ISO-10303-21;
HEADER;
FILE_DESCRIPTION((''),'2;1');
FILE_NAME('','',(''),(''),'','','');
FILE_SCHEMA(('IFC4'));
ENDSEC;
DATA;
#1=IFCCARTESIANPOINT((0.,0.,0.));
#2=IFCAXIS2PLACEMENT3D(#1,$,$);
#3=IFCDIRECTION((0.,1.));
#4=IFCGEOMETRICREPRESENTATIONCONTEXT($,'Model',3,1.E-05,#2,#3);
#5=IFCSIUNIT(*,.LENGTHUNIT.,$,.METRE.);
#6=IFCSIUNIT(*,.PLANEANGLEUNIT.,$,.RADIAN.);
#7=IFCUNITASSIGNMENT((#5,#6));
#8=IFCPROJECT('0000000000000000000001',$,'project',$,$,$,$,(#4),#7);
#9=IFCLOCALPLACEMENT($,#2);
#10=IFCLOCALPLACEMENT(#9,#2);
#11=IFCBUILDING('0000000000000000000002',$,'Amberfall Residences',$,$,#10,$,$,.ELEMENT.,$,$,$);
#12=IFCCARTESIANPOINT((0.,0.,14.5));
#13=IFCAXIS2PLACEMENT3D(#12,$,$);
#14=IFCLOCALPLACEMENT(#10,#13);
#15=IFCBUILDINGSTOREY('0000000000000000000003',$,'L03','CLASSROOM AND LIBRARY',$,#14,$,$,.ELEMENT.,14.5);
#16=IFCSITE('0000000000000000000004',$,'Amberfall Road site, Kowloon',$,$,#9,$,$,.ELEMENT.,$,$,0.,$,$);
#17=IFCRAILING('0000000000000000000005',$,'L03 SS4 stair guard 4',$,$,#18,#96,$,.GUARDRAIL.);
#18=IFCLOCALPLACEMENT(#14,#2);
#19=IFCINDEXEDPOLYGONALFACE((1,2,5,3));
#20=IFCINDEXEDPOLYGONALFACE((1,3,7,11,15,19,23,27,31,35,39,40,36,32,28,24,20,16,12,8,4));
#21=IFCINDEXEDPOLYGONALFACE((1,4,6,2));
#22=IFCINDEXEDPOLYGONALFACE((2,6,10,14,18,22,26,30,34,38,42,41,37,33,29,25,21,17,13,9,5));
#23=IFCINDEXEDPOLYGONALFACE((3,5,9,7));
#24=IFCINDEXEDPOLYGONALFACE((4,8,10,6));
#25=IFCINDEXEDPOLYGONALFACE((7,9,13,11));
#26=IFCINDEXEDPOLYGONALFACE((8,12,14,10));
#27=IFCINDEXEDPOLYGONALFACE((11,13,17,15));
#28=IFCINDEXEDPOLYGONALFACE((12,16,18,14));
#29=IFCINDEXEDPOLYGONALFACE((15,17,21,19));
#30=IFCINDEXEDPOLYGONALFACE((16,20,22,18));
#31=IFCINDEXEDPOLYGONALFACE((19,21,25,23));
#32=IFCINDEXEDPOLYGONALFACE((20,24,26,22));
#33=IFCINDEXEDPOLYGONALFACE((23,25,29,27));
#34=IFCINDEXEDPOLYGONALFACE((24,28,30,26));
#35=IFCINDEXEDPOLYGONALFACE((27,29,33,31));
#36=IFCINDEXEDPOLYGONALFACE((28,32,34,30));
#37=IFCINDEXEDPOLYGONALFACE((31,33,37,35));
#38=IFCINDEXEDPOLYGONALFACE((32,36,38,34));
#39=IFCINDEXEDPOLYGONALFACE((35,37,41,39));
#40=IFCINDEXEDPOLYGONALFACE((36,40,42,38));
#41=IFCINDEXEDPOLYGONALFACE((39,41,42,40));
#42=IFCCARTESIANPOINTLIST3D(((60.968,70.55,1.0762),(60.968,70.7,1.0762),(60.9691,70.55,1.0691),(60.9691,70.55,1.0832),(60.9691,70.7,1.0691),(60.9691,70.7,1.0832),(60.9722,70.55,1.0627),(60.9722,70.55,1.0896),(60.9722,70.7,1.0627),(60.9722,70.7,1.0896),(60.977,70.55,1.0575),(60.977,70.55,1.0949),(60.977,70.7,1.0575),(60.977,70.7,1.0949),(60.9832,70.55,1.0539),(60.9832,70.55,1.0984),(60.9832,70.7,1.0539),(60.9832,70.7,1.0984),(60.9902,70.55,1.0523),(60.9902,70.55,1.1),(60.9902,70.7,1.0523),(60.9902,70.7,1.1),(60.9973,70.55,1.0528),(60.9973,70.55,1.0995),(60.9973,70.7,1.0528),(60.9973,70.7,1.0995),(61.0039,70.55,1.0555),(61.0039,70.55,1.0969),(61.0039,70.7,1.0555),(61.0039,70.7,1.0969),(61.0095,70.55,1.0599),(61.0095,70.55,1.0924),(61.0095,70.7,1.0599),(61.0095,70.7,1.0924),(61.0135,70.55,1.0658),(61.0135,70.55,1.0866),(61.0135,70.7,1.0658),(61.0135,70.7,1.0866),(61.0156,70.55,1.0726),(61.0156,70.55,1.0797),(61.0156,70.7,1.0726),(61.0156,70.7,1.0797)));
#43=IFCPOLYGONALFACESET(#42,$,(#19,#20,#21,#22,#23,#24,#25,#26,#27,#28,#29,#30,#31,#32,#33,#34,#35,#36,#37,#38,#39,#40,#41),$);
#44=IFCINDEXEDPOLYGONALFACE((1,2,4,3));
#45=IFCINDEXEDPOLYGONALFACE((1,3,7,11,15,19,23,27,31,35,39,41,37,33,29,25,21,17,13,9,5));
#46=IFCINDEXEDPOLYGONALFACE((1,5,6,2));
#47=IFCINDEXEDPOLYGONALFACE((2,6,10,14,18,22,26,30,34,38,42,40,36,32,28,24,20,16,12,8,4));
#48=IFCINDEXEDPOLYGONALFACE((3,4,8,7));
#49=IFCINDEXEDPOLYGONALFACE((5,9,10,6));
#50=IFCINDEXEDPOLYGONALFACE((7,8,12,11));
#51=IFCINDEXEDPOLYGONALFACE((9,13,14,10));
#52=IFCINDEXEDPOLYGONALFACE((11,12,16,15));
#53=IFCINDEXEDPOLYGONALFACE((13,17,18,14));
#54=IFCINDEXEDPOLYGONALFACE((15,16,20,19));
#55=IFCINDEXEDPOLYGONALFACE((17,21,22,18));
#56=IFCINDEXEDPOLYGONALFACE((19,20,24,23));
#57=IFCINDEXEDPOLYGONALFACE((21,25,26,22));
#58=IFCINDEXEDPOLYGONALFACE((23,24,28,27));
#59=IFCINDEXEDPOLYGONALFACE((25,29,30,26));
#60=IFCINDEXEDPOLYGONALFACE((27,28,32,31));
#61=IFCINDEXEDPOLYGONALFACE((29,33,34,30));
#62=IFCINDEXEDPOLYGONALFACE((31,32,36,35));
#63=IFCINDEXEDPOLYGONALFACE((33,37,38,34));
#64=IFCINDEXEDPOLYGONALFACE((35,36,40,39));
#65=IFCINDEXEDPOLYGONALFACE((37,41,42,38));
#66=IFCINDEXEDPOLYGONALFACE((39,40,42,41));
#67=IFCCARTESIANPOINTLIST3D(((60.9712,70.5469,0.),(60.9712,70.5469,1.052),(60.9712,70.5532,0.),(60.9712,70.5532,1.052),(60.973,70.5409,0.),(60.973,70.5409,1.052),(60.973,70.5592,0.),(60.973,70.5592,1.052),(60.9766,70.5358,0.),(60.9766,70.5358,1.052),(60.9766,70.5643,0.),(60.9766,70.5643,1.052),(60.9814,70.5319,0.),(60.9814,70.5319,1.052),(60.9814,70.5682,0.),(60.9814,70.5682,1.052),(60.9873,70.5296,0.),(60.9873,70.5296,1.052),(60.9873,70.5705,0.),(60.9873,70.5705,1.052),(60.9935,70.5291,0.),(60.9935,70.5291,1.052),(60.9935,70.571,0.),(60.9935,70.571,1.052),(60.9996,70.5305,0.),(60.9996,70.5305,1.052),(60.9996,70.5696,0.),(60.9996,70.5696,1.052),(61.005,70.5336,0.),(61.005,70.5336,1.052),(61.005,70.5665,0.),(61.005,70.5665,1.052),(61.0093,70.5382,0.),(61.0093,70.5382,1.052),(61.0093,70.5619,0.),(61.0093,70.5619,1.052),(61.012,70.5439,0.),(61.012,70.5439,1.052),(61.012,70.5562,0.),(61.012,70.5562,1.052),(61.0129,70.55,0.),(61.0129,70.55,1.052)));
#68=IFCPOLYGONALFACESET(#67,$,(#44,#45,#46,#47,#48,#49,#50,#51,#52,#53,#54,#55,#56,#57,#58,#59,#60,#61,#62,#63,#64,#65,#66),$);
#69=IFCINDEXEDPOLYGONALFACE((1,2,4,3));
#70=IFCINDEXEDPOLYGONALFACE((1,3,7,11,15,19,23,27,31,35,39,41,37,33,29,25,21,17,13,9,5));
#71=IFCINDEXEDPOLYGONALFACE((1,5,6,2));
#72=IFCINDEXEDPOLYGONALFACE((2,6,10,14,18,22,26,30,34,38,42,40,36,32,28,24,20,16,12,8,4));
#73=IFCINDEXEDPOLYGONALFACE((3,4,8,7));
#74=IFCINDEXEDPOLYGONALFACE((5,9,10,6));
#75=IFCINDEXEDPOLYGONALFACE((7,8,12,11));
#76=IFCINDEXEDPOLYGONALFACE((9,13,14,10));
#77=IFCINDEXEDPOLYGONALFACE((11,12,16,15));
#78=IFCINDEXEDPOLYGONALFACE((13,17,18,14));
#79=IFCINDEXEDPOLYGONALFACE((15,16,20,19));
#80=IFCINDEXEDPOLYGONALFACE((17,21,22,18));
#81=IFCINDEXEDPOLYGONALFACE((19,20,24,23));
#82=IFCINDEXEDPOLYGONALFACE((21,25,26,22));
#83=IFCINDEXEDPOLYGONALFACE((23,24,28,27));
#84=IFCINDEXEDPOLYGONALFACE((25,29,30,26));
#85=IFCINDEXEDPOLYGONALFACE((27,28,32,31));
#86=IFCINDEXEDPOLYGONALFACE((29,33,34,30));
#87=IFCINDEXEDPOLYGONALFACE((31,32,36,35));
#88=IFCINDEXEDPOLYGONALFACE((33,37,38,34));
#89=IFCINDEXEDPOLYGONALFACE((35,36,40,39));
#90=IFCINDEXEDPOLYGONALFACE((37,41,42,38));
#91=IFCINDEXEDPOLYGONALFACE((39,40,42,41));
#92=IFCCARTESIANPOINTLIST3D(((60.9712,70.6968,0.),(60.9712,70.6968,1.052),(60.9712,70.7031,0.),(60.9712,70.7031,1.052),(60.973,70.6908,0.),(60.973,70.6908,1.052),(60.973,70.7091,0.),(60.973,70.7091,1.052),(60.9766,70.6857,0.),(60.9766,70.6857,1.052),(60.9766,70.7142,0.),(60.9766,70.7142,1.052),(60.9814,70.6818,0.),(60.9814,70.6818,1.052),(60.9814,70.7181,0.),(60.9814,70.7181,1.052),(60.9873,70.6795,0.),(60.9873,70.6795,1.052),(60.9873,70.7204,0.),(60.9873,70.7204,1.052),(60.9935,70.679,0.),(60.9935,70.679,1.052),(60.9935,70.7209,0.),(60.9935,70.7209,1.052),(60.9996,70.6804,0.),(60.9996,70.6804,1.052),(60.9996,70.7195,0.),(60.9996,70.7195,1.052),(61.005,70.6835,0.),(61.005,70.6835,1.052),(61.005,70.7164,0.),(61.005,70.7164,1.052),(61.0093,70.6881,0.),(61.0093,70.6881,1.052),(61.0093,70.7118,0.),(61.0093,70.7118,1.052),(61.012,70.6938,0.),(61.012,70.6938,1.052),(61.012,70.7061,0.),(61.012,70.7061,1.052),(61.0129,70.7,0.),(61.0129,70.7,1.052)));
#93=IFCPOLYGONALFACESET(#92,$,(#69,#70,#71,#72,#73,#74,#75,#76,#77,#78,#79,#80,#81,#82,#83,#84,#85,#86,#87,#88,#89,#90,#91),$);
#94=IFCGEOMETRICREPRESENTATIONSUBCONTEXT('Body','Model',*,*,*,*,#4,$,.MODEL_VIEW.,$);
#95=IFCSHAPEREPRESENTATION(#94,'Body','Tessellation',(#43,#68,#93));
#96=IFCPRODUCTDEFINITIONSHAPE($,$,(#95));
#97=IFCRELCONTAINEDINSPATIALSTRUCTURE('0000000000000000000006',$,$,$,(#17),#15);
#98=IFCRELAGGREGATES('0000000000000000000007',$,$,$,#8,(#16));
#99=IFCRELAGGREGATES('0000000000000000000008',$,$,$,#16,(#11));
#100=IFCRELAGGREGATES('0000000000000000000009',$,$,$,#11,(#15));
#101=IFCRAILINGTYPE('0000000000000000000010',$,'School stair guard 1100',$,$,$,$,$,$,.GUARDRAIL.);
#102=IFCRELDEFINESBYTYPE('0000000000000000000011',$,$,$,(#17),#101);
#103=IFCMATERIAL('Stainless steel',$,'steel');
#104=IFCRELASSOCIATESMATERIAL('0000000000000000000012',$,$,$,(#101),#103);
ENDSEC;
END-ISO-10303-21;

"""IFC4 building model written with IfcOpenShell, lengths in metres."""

from ifc_helpers import new_model, si_unit, direction, frame, origin, origin_2d, place, context, subcontext, project, spatial, circle, extrude, material, type_object, element, save


model = new_model("IFC4")

# Units and contexts
model_context = context("Model", 3, precision=1e-05, world=origin(), true_north=direction((0.0, 1.0)))
body_context = subcontext(model_context, "Body", "Model", "MODEL_VIEW")
ifc_project = project(units=[si_unit("LENGTHUNIT", "METRE"), si_unit("PLANEANGLEUNIT", "RADIAN")], contexts=[model_context])

# Site, building, storey
site_placement = place(None, origin())
site = spatial("IfcSite", under=ifc_project, at=site_placement, Name="Amberfall Road site, Kowloon", CompositionType="ELEMENT", RefElevation=0.0)
building_placement = place(site_placement, origin())
building = spatial("IfcBuilding", under=site, at=building_placement, Name="Amberfall Residences", CompositionType="ELEMENT")
storey_placement = place(building_placement, frame((0.0, 0.0, 14.5)))
storey = spatial("IfcBuildingStorey", under=building, at=storey_placement, Name="L03", Description="CLASSROOM AND LIBRARY", CompositionType="ELEMENT", Elevation=14.5)

# Railing
ifc_material_1 = material(Name="Stainless steel", Category="steel")
railing_type_1 = type_object("IfcRailingType", Name="School stair guard 1100", PredefinedType="GUARDRAIL", material=ifc_material_1)
railing_1_placement = place(storey_placement, frame((60.9919, 70.55, 0.0)))
element("IfcRailing", 1, at=railing_1_placement, inside=storey, type_object=railing_type_1, Name="L03 SS4 stair guard 4", PredefinedType="GUARDRAIL", context=body_context, shape_type="SweptSolid", body=[
    extrude(circle(Radius=0.0239, at=origin_2d()), frame((0.0, 0.0, 1.0762), z_axis=(0.0, 1.0, 0.0), x_axis=(-1.0, 0.0, 0.0)), (0.0, 0.0, 1.0), 0.1499),
    extrude(circle(Radius=0.021, at=origin_2d()), origin(), (0.0, 0.0, 1.0), 1.052),
    extrude(circle(Radius=0.021, at=origin_2d()), frame((0.0, 0.1499, 0.0)), (0.0, 0.0, 1.0), 1.052),
])

save(model, "model.ifc")
